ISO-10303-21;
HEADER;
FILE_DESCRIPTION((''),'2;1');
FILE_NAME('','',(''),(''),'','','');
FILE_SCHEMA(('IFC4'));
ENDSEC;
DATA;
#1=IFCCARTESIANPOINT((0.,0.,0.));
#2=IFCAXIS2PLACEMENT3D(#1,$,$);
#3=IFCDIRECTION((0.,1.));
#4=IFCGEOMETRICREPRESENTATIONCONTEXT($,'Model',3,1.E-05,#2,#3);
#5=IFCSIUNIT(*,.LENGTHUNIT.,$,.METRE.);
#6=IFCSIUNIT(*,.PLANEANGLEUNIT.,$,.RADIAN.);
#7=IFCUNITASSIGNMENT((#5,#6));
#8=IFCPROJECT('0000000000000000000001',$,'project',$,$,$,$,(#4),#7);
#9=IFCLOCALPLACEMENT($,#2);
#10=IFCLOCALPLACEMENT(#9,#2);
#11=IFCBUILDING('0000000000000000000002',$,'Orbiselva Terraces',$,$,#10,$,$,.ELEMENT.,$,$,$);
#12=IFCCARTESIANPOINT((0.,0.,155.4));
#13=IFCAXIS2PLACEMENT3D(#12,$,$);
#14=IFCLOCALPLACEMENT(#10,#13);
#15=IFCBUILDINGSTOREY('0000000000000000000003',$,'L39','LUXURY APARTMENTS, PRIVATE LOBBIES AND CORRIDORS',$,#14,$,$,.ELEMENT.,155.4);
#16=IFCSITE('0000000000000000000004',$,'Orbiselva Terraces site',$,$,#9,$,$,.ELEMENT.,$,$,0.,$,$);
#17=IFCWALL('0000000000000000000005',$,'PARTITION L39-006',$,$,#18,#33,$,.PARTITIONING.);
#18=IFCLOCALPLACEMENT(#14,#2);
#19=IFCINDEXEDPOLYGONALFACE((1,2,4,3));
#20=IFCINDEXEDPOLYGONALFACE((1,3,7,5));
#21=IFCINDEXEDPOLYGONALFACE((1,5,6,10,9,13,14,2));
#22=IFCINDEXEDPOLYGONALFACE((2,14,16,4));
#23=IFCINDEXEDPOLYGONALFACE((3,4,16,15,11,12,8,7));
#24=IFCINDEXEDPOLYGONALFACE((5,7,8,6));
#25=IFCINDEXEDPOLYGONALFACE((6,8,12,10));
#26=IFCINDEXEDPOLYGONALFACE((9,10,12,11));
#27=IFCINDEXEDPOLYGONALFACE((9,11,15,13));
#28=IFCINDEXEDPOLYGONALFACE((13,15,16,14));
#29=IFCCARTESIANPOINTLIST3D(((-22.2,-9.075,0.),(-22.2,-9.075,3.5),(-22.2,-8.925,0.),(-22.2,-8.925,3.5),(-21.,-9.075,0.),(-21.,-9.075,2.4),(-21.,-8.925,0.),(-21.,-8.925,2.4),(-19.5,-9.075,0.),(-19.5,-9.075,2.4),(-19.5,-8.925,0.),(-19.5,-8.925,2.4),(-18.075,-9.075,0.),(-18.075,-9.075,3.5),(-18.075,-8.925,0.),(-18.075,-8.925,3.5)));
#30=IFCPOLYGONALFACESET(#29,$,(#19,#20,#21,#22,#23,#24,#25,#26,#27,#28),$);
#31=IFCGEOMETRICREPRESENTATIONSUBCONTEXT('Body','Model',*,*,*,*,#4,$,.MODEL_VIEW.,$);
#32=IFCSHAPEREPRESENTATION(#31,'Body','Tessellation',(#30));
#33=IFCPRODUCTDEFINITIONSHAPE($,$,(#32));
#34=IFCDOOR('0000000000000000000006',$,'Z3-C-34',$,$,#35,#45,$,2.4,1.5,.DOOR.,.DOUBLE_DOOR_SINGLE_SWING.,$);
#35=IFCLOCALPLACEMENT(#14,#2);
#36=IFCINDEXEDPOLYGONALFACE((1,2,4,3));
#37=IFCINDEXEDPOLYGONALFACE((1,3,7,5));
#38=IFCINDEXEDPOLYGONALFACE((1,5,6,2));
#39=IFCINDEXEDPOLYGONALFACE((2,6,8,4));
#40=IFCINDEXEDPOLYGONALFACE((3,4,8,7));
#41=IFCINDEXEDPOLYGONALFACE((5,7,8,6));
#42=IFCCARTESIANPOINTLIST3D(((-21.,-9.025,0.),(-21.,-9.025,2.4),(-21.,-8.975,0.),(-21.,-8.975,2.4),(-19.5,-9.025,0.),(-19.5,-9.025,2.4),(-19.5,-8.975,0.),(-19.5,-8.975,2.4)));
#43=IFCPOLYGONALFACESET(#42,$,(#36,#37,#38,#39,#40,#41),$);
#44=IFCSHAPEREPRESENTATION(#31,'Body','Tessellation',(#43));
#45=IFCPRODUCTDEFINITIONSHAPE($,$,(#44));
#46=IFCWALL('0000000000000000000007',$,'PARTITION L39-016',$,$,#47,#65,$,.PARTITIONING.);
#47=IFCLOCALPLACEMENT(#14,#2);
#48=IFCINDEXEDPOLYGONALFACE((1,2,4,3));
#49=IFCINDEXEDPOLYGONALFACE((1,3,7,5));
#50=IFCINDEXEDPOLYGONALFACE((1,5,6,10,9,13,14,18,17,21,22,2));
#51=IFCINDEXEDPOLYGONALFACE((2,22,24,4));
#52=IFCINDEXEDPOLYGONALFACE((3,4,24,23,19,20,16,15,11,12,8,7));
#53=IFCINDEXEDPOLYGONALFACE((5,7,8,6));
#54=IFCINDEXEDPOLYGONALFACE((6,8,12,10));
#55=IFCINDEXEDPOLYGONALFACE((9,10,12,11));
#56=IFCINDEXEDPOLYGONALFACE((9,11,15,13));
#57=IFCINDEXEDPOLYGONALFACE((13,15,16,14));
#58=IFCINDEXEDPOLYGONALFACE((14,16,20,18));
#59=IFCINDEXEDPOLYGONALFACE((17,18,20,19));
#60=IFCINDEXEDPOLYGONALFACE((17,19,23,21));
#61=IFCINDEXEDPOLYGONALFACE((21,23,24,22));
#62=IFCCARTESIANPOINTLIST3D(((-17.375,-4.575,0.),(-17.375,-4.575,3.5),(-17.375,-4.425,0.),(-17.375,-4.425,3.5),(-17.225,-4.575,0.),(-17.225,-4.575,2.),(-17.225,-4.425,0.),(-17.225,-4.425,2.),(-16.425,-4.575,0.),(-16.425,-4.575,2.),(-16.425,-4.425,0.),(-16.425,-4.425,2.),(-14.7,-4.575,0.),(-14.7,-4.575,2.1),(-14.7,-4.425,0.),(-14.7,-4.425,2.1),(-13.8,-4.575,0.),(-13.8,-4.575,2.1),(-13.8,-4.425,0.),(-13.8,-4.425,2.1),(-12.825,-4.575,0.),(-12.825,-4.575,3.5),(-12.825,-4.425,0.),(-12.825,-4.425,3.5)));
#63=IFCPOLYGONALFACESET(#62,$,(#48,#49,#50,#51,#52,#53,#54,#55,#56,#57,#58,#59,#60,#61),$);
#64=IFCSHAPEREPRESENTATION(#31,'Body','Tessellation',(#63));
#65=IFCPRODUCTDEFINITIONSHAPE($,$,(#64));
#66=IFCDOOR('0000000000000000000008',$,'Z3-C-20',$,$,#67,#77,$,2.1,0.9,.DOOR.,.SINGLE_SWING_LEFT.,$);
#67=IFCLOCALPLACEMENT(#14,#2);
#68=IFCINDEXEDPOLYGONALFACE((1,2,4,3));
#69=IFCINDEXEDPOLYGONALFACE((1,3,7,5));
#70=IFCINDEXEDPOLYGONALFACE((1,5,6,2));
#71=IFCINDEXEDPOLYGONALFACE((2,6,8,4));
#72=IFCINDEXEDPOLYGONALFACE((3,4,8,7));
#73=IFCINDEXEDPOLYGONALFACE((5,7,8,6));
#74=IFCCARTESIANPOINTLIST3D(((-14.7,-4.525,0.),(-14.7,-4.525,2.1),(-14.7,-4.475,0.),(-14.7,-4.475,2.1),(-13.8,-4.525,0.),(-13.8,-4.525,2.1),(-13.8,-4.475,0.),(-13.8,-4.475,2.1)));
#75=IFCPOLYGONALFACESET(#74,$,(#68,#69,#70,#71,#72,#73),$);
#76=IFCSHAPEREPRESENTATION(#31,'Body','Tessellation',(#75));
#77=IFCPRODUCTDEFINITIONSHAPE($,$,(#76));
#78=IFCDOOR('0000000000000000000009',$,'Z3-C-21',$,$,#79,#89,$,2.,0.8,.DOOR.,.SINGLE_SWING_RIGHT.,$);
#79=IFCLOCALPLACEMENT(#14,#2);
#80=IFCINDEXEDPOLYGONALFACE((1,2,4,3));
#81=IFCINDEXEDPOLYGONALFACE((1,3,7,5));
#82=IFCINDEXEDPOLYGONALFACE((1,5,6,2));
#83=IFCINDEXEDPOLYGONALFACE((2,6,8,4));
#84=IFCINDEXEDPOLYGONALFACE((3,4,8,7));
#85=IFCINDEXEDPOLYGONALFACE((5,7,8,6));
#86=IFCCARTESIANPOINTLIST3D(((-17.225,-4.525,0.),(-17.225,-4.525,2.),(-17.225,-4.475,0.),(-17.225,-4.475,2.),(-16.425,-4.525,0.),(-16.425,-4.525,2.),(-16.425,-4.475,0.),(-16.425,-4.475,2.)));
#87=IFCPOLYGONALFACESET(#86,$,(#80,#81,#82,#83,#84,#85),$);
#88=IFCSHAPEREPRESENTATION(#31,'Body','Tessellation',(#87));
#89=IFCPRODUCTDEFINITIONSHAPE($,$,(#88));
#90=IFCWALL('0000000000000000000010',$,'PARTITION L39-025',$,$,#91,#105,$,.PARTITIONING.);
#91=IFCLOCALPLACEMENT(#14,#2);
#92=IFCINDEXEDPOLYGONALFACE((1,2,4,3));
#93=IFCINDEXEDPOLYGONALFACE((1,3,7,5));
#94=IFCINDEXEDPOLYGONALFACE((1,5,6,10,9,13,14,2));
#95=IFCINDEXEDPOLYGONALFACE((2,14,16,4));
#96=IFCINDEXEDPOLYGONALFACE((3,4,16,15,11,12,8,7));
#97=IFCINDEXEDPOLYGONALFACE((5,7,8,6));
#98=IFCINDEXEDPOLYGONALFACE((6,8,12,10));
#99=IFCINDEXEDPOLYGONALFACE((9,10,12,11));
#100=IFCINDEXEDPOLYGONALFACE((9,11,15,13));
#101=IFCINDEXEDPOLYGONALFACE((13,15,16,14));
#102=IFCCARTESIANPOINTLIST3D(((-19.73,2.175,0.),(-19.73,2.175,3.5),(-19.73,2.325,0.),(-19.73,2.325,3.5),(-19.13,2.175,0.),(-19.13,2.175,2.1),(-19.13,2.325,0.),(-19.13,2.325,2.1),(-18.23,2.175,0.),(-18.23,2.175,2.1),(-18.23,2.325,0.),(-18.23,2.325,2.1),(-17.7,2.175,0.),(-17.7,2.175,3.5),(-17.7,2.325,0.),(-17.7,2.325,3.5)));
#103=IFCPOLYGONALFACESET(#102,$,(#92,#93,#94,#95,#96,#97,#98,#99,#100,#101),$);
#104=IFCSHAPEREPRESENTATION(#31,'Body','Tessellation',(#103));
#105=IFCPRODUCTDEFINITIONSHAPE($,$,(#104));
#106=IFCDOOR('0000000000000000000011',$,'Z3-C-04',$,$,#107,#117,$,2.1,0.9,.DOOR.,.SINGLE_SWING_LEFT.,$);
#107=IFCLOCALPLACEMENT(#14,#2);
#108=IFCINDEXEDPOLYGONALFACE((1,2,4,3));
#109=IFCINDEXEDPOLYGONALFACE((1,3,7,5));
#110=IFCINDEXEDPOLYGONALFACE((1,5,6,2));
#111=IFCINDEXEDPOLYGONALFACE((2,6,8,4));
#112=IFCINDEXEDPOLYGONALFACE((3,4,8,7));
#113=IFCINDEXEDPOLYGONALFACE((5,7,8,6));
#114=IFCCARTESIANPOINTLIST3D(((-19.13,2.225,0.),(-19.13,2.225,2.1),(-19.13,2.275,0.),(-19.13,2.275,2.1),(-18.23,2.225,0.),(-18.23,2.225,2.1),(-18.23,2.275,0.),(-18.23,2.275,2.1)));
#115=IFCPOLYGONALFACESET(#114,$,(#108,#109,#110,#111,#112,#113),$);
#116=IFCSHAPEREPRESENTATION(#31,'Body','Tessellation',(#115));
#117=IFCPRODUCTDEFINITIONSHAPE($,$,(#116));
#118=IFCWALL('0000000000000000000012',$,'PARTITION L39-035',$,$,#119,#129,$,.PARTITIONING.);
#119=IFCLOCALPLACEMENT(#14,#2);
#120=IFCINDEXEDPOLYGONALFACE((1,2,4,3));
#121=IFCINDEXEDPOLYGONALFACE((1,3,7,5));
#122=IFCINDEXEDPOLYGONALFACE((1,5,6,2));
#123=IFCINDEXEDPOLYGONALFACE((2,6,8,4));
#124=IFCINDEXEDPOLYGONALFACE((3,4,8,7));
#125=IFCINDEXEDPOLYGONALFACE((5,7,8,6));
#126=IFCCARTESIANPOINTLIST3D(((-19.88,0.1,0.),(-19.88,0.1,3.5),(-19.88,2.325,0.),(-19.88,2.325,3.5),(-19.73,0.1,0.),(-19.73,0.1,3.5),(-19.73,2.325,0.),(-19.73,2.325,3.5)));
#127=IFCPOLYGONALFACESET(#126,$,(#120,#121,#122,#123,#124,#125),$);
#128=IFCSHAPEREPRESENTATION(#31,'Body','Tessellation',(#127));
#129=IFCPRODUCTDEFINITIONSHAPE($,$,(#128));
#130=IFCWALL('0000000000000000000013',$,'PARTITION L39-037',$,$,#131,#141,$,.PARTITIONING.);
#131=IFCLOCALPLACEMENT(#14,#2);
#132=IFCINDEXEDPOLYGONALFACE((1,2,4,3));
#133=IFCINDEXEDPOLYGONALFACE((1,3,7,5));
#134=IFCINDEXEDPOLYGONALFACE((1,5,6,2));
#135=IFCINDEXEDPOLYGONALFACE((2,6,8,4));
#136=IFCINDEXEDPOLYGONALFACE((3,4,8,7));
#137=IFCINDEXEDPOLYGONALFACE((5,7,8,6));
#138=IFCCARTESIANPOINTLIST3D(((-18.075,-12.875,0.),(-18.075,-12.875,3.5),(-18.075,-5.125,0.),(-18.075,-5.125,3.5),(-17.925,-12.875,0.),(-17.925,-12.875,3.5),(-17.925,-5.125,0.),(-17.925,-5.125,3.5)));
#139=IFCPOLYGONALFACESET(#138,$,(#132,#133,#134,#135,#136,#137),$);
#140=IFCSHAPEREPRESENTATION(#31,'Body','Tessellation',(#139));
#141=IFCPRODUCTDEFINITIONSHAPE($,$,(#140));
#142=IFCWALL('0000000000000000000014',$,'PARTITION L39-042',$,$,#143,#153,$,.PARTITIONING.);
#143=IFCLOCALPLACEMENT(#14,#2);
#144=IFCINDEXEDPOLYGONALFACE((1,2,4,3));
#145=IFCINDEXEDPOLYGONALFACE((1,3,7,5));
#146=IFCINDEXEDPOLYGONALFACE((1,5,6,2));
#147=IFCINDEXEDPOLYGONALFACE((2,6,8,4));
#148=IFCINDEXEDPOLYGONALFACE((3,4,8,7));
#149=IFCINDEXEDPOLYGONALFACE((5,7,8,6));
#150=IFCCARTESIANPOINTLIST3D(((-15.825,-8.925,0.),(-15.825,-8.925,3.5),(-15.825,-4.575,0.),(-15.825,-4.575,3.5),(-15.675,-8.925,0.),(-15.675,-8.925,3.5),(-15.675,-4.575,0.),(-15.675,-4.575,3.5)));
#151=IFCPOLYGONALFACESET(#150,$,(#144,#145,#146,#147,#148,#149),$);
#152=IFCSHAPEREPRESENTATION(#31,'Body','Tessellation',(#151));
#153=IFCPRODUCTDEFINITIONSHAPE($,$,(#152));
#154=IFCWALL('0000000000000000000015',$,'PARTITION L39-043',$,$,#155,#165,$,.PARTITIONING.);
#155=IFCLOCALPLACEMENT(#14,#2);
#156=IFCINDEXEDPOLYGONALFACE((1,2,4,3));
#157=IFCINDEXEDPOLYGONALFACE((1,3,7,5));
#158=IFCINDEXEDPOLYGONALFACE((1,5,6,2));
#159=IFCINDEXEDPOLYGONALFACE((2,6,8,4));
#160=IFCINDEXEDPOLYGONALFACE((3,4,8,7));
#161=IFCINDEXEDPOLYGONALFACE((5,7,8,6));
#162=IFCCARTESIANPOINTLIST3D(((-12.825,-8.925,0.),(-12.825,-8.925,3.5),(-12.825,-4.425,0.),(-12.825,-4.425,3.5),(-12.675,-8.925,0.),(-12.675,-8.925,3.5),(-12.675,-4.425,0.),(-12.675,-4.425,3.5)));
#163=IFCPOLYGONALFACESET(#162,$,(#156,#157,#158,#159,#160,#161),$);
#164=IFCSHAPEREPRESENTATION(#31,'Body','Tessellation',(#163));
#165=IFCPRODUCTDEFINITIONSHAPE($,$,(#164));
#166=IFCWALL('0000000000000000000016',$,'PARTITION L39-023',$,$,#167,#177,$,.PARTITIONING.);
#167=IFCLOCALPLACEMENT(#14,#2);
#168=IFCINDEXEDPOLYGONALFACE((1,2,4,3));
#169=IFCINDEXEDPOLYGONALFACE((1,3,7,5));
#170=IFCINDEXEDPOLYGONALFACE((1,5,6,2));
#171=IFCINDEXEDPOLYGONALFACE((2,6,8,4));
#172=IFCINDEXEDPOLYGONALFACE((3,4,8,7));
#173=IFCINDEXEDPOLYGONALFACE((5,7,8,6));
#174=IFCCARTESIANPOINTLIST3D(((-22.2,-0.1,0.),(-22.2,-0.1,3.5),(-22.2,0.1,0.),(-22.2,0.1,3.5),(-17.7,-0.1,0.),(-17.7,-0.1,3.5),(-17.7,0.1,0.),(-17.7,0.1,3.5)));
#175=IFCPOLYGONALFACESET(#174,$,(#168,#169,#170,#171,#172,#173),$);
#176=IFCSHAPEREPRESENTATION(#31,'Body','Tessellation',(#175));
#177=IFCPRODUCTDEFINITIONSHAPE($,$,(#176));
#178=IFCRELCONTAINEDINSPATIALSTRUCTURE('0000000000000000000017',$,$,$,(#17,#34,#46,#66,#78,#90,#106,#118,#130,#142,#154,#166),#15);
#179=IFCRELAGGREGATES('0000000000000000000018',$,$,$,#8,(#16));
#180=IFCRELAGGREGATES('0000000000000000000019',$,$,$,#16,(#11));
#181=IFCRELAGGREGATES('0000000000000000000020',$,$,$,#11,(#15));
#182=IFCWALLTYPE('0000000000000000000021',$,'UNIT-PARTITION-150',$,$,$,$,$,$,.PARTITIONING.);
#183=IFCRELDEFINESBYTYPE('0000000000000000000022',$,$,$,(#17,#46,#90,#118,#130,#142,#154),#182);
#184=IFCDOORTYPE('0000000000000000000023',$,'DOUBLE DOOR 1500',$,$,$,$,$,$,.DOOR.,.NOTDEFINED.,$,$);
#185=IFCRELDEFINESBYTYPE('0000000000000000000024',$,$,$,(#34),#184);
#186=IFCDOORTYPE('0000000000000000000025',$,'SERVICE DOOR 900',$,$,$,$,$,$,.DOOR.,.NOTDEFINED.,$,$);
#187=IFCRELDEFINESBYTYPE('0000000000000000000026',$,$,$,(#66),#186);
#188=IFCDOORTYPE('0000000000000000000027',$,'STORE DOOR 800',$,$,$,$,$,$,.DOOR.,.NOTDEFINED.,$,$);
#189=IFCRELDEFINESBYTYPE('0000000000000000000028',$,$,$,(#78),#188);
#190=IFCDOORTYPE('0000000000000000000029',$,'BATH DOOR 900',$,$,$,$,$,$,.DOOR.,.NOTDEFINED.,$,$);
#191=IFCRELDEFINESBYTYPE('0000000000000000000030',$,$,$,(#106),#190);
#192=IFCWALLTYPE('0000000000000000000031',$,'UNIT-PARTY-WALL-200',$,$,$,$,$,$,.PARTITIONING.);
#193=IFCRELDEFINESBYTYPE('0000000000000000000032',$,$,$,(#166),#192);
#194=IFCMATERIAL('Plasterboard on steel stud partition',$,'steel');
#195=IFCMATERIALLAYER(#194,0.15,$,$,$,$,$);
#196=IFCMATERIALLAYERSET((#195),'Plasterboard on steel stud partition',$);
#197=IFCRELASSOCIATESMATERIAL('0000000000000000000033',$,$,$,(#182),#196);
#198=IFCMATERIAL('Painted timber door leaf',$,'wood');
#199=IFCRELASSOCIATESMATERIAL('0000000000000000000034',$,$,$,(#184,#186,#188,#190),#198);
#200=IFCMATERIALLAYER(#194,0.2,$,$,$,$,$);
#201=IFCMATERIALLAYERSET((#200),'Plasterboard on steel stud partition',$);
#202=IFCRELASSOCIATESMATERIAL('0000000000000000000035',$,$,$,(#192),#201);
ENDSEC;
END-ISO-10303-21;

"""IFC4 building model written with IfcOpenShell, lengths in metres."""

from ifc_helpers import new_model, si_unit, direction, frame, frame_2d, origin, place, context, subcontext, project, spatial, rectangle, extrude, material, layer, layer_set, type_object, element, fill, save


model = new_model("IFC4")

# Units and contexts
model_context = context("Model", 3, precision=1e-05, world=origin(), true_north=direction((0.0, 1.0)))
body_context = subcontext(model_context, "Body", "Model", "MODEL_VIEW")
ifc_project = project(units=[si_unit("LENGTHUNIT", "METRE"), si_unit("PLANEANGLEUNIT", "RADIAN")], contexts=[model_context])

# Site, building, storey
site_placement = place(None, origin())
site = spatial("IfcSite", under=ifc_project, at=site_placement, Name="Orbiselva Terraces site", CompositionType="ELEMENT", RefElevation=0.0)
building_placement = place(site_placement, origin())
building = spatial("IfcBuilding", under=site, at=building_placement, Name="Orbiselva Terraces", CompositionType="ELEMENT")
storey_placement = place(building_placement, frame((0.0, 0.0, 155.4)))
storey = spatial("IfcBuildingStorey", under=building, at=storey_placement, Name="L39", Description="LUXURY APARTMENTS, PRIVATE LOBBIES AND CORRIDORS", CompositionType="ELEMENT", Elevation=155.4)

# Shared definitions
ifc_material_1 = material(Name="Plasterboard on steel stud partition", Category="steel")

# Wall, opening, door
ifc_layer_1 = layer(ifc_material_1, 0.15)
ifc_layer_set_1 = layer_set([ifc_layer_1], Name="Plasterboard on steel stud partition")
wall_type_1 = type_object("IfcWallType", Name="UNIT-PARTITION-150", PredefinedType="PARTITIONING", material=ifc_layer_set_1)
wall_1_placement = place(storey_placement, frame((-18.075, -9.0, 0.0), z_axis=(0.0, 0.0, 1.0), x_axis=(-1.0, 0.0, 0.0)))
wall_1 = element("IfcWall", 1, at=wall_1_placement, inside=storey, type_object=wall_type_1, Name="PARTITION L39-006", PredefinedType="PARTITIONING", context=body_context, shape_type="SweptSolid", body=[
    extrude(rectangle(XDim=4.125, YDim=0.15, at=frame_2d((2.0625, 0.0))), origin(), (0.0, 0.0, 1.0), 3.5),
])
opening_1_placement = place(wall_1_placement, frame((1.425, 0.0, 0.0)))
opening_1 = element("IfcOpeningElement", 2, at=opening_1_placement, cuts=wall_1, PredefinedType="OPENING", context=body_context, shape_type="SweptSolid", body=[
    extrude(rectangle(XDim=1.5, YDim=2.4, at=frame_2d((0.75, 1.2))), frame((0.0, 0.085, 0.0), z_axis=(0.0, -1.0, 0.0), x_axis=(1.0, 0.0, 0.0)), (0.0, 0.0, 1.0), 0.17),
])
ifc_material_2 = material(Name="Painted timber door leaf", Category="wood")
door_type_1 = type_object("IfcDoorType", Name="DOUBLE DOOR 1500", OperationType="NOTDEFINED", PredefinedType="DOOR", material=ifc_material_2)
door_1_placement = place(opening_1_placement, origin())
door_1 = element("IfcDoor", 3, at=door_1_placement, inside=storey, type_object=door_type_1, Name="Z3-C-34", OperationType="DOUBLE_DOOR_SINGLE_SWING", OverallHeight=2.4, OverallWidth=1.5, PredefinedType="DOOR", context=body_context, shape_type="SweptSolid", body=[
    extrude(rectangle(XDim=1.5, YDim=2.4, at=frame_2d((0.75, 1.2))), frame((0.0, 0.025, 0.0), z_axis=(0.0, -1.0, 0.0), x_axis=(1.0, 0.0, 0.0)), (0.0, 0.0, 1.0), 0.05),
])
fill(opening_1, door_1)

# Wall, openings, doors
wall_2_placement = place(storey_placement, frame((-12.825, -4.5, 0.0), z_axis=(0.0, 0.0, 1.0), x_axis=(-1.0, 0.0, 0.0)))
wall_2 = element("IfcWall", 4, at=wall_2_placement, inside=storey, type_object=wall_type_1, Name="PARTITION L39-016", PredefinedType="PARTITIONING", context=body_context, shape_type="SweptSolid", body=[
    extrude(rectangle(XDim=4.55, YDim=0.15, at=frame_2d((2.275, 0.0))), origin(), (0.0, 0.0, 1.0), 3.5),
])
opening_2_placement = place(wall_2_placement, frame((0.975, 0.0, 0.0)))
opening_2 = element("IfcOpeningElement", 5, at=opening_2_placement, cuts=wall_2, PredefinedType="OPENING", context=body_context, shape_type="SweptSolid", body=[
    extrude(rectangle(XDim=0.9, YDim=2.1, at=frame_2d((0.45, 1.05))), frame((0.0, 0.085, 0.0), z_axis=(0.0, -1.0, 0.0), x_axis=(1.0, 0.0, 0.0)), (0.0, 0.0, 1.0), 0.17),
])
opening_3_placement = place(wall_2_placement, frame((3.6, 0.0, 0.0)))
opening_3 = element("IfcOpeningElement", 6, at=opening_3_placement, cuts=wall_2, PredefinedType="OPENING", context=body_context, shape_type="SweptSolid", body=[
    extrude(rectangle(XDim=0.8, YDim=2.0, at=frame_2d((0.4, 1.0))), frame((0.0, 0.085, 0.0), z_axis=(0.0, -1.0, 0.0), x_axis=(1.0, 0.0, 0.0)), (0.0, 0.0, 1.0), 0.17),
])
door_type_2 = type_object("IfcDoorType", Name="SERVICE DOOR 900", OperationType="NOTDEFINED", PredefinedType="DOOR", material=ifc_material_2)
door_2_placement = place(opening_2_placement, origin())
door_2 = element("IfcDoor", 7, at=door_2_placement, inside=storey, type_object=door_type_2, Name="Z3-C-20", OperationType="SINGLE_SWING_LEFT", OverallHeight=2.1, OverallWidth=0.9, PredefinedType="DOOR", context=body_context, shape_type="SweptSolid", body=[
    extrude(rectangle(XDim=0.9, YDim=2.1, at=frame_2d((0.45, 1.05))), frame((0.0, 0.025, 0.0), z_axis=(0.0, -1.0, 0.0), x_axis=(1.0, 0.0, 0.0)), (0.0, 0.0, 1.0), 0.05),
])
fill(opening_2, door_2)
door_type_3 = type_object("IfcDoorType", Name="STORE DOOR 800", OperationType="NOTDEFINED", PredefinedType="DOOR", material=ifc_material_2)
door_3_placement = place(opening_3_placement, origin())
door_3 = element("IfcDoor", 8, at=door_3_placement, inside=storey, type_object=door_type_3, Name="Z3-C-21", OperationType="SINGLE_SWING_RIGHT", OverallHeight=2.0, OverallWidth=0.8, PredefinedType="DOOR", context=body_context, shape_type="SweptSolid", body=[
    extrude(rectangle(XDim=0.8, YDim=2.0, at=frame_2d((0.4, 1.0))), frame((0.0, 0.025, 0.0), z_axis=(0.0, -1.0, 0.0), x_axis=(1.0, 0.0, 0.0)), (0.0, 0.0, 1.0), 0.05),
])
fill(opening_3, door_3)

# Wall, opening, door
wall_3_placement = place(storey_placement, frame((-17.7, 2.25, 0.0), z_axis=(0.0, 0.0, 1.0), x_axis=(-1.0, 0.0, 0.0)))
wall_3 = element("IfcWall", 9, at=wall_3_placement, inside=storey, type_object=wall_type_1, Name="PARTITION L39-025", PredefinedType="PARTITIONING", context=body_context, shape_type="SweptSolid", body=[
    extrude(rectangle(XDim=2.03, YDim=0.15, at=frame_2d((1.015, 0.0))), origin(), (0.0, 0.0, 1.0), 3.5),
])
opening_4_placement = place(wall_3_placement, frame((0.53, 0.0, 0.0)))
opening_4 = element("IfcOpeningElement", 10, at=opening_4_placement, cuts=wall_3, PredefinedType="OPENING", context=body_context, shape_type="SweptSolid", body=[
    extrude(rectangle(XDim=0.9, YDim=2.1, at=frame_2d((0.45, 1.05))), frame((0.0, 0.085, 0.0), z_axis=(0.0, -1.0, 0.0), x_axis=(1.0, 0.0, 0.0)), (0.0, 0.0, 1.0), 0.17),
])
door_type_4 = type_object("IfcDoorType", Name="BATH DOOR 900", OperationType="NOTDEFINED", PredefinedType="DOOR", material=ifc_material_2)
door_4_placement = place(opening_4_placement, origin())
door_4 = element("IfcDoor", 11, at=door_4_placement, inside=storey, type_object=door_type_4, Name="Z3-C-04", OperationType="SINGLE_SWING_LEFT", OverallHeight=2.1, OverallWidth=0.9, PredefinedType="DOOR", context=body_context, shape_type="SweptSolid", body=[
    extrude(rectangle(XDim=0.9, YDim=2.1, at=frame_2d((0.45, 1.05))), frame((0.0, 0.025, 0.0), z_axis=(0.0, -1.0, 0.0), x_axis=(1.0, 0.0, 0.0)), (0.0, 0.0, 1.0), 0.05),
])
fill(opening_4, door_4)

# Walls
wall_4_placement = place(storey_placement, frame((-19.805, 0.1, 0.0), z_axis=(0.0, 0.0, 1.0), x_axis=(0.0, 1.0, 0.0)))
element("IfcWall", 12, at=wall_4_placement, inside=storey, type_object=wall_type_1, Name="PARTITION L39-035", PredefinedType="PARTITIONING", context=body_context, shape_type="SweptSolid", body=[
    extrude(rectangle(XDim=2.225, YDim=0.15, at=frame_2d((1.1125, 0.0))), origin(), (0.0, 0.0, 1.0), 3.5),
])
wall_5_placement = place(storey_placement, frame((-18.0, -12.875, 0.0), z_axis=(0.0, 0.0, 1.0), x_axis=(0.0, 1.0, 0.0)))
element("IfcWall", 13, at=wall_5_placement, inside=storey, type_object=wall_type_1, Name="PARTITION L39-037", PredefinedType="PARTITIONING", context=body_context, shape_type="SweptSolid", body=[
    extrude(rectangle(XDim=7.75, YDim=0.15, at=frame_2d((3.875, 0.0))), origin(), (0.0, 0.0, 1.0), 3.5),
])
wall_6_placement = place(storey_placement, frame((-15.75, -8.925, 0.0), z_axis=(0.0, 0.0, 1.0), x_axis=(0.0, 1.0, 0.0)))
element("IfcWall", 14, at=wall_6_placement, inside=storey, type_object=wall_type_1, Name="PARTITION L39-042", PredefinedType="PARTITIONING", context=body_context, shape_type="SweptSolid", body=[
    extrude(rectangle(XDim=4.35, YDim=0.15, at=frame_2d((2.175, 0.0))), origin(), (0.0, 0.0, 1.0), 3.5),
])
wall_7_placement = place(storey_placement, frame((-12.75, -8.925, 0.0), z_axis=(0.0, 0.0, 1.0), x_axis=(0.0, 1.0, 0.0)))
element("IfcWall", 15, at=wall_7_placement, inside=storey, type_object=wall_type_1, Name="PARTITION L39-043", PredefinedType="PARTITIONING", context=body_context, shape_type="SweptSolid", body=[
    extrude(rectangle(XDim=4.5, YDim=0.15, at=frame_2d((2.25, 0.0))), origin(), (0.0, 0.0, 1.0), 3.5),
])
ifc_layer_2 = layer(ifc_material_1, 0.2)
ifc_layer_set_2 = layer_set([ifc_layer_2], Name="Plasterboard on steel stud partition")
wall_type_2 = type_object("IfcWallType", Name="UNIT-PARTY-WALL-200", PredefinedType="PARTITIONING", material=ifc_layer_set_2)
wall_8_placement = place(storey_placement, frame((-22.2, 0.0, 0.0), z_axis=(0.0, 0.0, 1.0), x_axis=(1.0, 0.0, 0.0)))
element("IfcWall", 16, at=wall_8_placement, inside=storey, type_object=wall_type_2, Name="PARTITION L39-023", PredefinedType="PARTITIONING", context=body_context, shape_type="SweptSolid", body=[
    extrude(rectangle(XDim=4.5, YDim=0.2, at=frame_2d((2.25, 0.0))), origin(), (0.0, 0.0, 1.0), 3.5),
])

save(model, "model.ifc")
